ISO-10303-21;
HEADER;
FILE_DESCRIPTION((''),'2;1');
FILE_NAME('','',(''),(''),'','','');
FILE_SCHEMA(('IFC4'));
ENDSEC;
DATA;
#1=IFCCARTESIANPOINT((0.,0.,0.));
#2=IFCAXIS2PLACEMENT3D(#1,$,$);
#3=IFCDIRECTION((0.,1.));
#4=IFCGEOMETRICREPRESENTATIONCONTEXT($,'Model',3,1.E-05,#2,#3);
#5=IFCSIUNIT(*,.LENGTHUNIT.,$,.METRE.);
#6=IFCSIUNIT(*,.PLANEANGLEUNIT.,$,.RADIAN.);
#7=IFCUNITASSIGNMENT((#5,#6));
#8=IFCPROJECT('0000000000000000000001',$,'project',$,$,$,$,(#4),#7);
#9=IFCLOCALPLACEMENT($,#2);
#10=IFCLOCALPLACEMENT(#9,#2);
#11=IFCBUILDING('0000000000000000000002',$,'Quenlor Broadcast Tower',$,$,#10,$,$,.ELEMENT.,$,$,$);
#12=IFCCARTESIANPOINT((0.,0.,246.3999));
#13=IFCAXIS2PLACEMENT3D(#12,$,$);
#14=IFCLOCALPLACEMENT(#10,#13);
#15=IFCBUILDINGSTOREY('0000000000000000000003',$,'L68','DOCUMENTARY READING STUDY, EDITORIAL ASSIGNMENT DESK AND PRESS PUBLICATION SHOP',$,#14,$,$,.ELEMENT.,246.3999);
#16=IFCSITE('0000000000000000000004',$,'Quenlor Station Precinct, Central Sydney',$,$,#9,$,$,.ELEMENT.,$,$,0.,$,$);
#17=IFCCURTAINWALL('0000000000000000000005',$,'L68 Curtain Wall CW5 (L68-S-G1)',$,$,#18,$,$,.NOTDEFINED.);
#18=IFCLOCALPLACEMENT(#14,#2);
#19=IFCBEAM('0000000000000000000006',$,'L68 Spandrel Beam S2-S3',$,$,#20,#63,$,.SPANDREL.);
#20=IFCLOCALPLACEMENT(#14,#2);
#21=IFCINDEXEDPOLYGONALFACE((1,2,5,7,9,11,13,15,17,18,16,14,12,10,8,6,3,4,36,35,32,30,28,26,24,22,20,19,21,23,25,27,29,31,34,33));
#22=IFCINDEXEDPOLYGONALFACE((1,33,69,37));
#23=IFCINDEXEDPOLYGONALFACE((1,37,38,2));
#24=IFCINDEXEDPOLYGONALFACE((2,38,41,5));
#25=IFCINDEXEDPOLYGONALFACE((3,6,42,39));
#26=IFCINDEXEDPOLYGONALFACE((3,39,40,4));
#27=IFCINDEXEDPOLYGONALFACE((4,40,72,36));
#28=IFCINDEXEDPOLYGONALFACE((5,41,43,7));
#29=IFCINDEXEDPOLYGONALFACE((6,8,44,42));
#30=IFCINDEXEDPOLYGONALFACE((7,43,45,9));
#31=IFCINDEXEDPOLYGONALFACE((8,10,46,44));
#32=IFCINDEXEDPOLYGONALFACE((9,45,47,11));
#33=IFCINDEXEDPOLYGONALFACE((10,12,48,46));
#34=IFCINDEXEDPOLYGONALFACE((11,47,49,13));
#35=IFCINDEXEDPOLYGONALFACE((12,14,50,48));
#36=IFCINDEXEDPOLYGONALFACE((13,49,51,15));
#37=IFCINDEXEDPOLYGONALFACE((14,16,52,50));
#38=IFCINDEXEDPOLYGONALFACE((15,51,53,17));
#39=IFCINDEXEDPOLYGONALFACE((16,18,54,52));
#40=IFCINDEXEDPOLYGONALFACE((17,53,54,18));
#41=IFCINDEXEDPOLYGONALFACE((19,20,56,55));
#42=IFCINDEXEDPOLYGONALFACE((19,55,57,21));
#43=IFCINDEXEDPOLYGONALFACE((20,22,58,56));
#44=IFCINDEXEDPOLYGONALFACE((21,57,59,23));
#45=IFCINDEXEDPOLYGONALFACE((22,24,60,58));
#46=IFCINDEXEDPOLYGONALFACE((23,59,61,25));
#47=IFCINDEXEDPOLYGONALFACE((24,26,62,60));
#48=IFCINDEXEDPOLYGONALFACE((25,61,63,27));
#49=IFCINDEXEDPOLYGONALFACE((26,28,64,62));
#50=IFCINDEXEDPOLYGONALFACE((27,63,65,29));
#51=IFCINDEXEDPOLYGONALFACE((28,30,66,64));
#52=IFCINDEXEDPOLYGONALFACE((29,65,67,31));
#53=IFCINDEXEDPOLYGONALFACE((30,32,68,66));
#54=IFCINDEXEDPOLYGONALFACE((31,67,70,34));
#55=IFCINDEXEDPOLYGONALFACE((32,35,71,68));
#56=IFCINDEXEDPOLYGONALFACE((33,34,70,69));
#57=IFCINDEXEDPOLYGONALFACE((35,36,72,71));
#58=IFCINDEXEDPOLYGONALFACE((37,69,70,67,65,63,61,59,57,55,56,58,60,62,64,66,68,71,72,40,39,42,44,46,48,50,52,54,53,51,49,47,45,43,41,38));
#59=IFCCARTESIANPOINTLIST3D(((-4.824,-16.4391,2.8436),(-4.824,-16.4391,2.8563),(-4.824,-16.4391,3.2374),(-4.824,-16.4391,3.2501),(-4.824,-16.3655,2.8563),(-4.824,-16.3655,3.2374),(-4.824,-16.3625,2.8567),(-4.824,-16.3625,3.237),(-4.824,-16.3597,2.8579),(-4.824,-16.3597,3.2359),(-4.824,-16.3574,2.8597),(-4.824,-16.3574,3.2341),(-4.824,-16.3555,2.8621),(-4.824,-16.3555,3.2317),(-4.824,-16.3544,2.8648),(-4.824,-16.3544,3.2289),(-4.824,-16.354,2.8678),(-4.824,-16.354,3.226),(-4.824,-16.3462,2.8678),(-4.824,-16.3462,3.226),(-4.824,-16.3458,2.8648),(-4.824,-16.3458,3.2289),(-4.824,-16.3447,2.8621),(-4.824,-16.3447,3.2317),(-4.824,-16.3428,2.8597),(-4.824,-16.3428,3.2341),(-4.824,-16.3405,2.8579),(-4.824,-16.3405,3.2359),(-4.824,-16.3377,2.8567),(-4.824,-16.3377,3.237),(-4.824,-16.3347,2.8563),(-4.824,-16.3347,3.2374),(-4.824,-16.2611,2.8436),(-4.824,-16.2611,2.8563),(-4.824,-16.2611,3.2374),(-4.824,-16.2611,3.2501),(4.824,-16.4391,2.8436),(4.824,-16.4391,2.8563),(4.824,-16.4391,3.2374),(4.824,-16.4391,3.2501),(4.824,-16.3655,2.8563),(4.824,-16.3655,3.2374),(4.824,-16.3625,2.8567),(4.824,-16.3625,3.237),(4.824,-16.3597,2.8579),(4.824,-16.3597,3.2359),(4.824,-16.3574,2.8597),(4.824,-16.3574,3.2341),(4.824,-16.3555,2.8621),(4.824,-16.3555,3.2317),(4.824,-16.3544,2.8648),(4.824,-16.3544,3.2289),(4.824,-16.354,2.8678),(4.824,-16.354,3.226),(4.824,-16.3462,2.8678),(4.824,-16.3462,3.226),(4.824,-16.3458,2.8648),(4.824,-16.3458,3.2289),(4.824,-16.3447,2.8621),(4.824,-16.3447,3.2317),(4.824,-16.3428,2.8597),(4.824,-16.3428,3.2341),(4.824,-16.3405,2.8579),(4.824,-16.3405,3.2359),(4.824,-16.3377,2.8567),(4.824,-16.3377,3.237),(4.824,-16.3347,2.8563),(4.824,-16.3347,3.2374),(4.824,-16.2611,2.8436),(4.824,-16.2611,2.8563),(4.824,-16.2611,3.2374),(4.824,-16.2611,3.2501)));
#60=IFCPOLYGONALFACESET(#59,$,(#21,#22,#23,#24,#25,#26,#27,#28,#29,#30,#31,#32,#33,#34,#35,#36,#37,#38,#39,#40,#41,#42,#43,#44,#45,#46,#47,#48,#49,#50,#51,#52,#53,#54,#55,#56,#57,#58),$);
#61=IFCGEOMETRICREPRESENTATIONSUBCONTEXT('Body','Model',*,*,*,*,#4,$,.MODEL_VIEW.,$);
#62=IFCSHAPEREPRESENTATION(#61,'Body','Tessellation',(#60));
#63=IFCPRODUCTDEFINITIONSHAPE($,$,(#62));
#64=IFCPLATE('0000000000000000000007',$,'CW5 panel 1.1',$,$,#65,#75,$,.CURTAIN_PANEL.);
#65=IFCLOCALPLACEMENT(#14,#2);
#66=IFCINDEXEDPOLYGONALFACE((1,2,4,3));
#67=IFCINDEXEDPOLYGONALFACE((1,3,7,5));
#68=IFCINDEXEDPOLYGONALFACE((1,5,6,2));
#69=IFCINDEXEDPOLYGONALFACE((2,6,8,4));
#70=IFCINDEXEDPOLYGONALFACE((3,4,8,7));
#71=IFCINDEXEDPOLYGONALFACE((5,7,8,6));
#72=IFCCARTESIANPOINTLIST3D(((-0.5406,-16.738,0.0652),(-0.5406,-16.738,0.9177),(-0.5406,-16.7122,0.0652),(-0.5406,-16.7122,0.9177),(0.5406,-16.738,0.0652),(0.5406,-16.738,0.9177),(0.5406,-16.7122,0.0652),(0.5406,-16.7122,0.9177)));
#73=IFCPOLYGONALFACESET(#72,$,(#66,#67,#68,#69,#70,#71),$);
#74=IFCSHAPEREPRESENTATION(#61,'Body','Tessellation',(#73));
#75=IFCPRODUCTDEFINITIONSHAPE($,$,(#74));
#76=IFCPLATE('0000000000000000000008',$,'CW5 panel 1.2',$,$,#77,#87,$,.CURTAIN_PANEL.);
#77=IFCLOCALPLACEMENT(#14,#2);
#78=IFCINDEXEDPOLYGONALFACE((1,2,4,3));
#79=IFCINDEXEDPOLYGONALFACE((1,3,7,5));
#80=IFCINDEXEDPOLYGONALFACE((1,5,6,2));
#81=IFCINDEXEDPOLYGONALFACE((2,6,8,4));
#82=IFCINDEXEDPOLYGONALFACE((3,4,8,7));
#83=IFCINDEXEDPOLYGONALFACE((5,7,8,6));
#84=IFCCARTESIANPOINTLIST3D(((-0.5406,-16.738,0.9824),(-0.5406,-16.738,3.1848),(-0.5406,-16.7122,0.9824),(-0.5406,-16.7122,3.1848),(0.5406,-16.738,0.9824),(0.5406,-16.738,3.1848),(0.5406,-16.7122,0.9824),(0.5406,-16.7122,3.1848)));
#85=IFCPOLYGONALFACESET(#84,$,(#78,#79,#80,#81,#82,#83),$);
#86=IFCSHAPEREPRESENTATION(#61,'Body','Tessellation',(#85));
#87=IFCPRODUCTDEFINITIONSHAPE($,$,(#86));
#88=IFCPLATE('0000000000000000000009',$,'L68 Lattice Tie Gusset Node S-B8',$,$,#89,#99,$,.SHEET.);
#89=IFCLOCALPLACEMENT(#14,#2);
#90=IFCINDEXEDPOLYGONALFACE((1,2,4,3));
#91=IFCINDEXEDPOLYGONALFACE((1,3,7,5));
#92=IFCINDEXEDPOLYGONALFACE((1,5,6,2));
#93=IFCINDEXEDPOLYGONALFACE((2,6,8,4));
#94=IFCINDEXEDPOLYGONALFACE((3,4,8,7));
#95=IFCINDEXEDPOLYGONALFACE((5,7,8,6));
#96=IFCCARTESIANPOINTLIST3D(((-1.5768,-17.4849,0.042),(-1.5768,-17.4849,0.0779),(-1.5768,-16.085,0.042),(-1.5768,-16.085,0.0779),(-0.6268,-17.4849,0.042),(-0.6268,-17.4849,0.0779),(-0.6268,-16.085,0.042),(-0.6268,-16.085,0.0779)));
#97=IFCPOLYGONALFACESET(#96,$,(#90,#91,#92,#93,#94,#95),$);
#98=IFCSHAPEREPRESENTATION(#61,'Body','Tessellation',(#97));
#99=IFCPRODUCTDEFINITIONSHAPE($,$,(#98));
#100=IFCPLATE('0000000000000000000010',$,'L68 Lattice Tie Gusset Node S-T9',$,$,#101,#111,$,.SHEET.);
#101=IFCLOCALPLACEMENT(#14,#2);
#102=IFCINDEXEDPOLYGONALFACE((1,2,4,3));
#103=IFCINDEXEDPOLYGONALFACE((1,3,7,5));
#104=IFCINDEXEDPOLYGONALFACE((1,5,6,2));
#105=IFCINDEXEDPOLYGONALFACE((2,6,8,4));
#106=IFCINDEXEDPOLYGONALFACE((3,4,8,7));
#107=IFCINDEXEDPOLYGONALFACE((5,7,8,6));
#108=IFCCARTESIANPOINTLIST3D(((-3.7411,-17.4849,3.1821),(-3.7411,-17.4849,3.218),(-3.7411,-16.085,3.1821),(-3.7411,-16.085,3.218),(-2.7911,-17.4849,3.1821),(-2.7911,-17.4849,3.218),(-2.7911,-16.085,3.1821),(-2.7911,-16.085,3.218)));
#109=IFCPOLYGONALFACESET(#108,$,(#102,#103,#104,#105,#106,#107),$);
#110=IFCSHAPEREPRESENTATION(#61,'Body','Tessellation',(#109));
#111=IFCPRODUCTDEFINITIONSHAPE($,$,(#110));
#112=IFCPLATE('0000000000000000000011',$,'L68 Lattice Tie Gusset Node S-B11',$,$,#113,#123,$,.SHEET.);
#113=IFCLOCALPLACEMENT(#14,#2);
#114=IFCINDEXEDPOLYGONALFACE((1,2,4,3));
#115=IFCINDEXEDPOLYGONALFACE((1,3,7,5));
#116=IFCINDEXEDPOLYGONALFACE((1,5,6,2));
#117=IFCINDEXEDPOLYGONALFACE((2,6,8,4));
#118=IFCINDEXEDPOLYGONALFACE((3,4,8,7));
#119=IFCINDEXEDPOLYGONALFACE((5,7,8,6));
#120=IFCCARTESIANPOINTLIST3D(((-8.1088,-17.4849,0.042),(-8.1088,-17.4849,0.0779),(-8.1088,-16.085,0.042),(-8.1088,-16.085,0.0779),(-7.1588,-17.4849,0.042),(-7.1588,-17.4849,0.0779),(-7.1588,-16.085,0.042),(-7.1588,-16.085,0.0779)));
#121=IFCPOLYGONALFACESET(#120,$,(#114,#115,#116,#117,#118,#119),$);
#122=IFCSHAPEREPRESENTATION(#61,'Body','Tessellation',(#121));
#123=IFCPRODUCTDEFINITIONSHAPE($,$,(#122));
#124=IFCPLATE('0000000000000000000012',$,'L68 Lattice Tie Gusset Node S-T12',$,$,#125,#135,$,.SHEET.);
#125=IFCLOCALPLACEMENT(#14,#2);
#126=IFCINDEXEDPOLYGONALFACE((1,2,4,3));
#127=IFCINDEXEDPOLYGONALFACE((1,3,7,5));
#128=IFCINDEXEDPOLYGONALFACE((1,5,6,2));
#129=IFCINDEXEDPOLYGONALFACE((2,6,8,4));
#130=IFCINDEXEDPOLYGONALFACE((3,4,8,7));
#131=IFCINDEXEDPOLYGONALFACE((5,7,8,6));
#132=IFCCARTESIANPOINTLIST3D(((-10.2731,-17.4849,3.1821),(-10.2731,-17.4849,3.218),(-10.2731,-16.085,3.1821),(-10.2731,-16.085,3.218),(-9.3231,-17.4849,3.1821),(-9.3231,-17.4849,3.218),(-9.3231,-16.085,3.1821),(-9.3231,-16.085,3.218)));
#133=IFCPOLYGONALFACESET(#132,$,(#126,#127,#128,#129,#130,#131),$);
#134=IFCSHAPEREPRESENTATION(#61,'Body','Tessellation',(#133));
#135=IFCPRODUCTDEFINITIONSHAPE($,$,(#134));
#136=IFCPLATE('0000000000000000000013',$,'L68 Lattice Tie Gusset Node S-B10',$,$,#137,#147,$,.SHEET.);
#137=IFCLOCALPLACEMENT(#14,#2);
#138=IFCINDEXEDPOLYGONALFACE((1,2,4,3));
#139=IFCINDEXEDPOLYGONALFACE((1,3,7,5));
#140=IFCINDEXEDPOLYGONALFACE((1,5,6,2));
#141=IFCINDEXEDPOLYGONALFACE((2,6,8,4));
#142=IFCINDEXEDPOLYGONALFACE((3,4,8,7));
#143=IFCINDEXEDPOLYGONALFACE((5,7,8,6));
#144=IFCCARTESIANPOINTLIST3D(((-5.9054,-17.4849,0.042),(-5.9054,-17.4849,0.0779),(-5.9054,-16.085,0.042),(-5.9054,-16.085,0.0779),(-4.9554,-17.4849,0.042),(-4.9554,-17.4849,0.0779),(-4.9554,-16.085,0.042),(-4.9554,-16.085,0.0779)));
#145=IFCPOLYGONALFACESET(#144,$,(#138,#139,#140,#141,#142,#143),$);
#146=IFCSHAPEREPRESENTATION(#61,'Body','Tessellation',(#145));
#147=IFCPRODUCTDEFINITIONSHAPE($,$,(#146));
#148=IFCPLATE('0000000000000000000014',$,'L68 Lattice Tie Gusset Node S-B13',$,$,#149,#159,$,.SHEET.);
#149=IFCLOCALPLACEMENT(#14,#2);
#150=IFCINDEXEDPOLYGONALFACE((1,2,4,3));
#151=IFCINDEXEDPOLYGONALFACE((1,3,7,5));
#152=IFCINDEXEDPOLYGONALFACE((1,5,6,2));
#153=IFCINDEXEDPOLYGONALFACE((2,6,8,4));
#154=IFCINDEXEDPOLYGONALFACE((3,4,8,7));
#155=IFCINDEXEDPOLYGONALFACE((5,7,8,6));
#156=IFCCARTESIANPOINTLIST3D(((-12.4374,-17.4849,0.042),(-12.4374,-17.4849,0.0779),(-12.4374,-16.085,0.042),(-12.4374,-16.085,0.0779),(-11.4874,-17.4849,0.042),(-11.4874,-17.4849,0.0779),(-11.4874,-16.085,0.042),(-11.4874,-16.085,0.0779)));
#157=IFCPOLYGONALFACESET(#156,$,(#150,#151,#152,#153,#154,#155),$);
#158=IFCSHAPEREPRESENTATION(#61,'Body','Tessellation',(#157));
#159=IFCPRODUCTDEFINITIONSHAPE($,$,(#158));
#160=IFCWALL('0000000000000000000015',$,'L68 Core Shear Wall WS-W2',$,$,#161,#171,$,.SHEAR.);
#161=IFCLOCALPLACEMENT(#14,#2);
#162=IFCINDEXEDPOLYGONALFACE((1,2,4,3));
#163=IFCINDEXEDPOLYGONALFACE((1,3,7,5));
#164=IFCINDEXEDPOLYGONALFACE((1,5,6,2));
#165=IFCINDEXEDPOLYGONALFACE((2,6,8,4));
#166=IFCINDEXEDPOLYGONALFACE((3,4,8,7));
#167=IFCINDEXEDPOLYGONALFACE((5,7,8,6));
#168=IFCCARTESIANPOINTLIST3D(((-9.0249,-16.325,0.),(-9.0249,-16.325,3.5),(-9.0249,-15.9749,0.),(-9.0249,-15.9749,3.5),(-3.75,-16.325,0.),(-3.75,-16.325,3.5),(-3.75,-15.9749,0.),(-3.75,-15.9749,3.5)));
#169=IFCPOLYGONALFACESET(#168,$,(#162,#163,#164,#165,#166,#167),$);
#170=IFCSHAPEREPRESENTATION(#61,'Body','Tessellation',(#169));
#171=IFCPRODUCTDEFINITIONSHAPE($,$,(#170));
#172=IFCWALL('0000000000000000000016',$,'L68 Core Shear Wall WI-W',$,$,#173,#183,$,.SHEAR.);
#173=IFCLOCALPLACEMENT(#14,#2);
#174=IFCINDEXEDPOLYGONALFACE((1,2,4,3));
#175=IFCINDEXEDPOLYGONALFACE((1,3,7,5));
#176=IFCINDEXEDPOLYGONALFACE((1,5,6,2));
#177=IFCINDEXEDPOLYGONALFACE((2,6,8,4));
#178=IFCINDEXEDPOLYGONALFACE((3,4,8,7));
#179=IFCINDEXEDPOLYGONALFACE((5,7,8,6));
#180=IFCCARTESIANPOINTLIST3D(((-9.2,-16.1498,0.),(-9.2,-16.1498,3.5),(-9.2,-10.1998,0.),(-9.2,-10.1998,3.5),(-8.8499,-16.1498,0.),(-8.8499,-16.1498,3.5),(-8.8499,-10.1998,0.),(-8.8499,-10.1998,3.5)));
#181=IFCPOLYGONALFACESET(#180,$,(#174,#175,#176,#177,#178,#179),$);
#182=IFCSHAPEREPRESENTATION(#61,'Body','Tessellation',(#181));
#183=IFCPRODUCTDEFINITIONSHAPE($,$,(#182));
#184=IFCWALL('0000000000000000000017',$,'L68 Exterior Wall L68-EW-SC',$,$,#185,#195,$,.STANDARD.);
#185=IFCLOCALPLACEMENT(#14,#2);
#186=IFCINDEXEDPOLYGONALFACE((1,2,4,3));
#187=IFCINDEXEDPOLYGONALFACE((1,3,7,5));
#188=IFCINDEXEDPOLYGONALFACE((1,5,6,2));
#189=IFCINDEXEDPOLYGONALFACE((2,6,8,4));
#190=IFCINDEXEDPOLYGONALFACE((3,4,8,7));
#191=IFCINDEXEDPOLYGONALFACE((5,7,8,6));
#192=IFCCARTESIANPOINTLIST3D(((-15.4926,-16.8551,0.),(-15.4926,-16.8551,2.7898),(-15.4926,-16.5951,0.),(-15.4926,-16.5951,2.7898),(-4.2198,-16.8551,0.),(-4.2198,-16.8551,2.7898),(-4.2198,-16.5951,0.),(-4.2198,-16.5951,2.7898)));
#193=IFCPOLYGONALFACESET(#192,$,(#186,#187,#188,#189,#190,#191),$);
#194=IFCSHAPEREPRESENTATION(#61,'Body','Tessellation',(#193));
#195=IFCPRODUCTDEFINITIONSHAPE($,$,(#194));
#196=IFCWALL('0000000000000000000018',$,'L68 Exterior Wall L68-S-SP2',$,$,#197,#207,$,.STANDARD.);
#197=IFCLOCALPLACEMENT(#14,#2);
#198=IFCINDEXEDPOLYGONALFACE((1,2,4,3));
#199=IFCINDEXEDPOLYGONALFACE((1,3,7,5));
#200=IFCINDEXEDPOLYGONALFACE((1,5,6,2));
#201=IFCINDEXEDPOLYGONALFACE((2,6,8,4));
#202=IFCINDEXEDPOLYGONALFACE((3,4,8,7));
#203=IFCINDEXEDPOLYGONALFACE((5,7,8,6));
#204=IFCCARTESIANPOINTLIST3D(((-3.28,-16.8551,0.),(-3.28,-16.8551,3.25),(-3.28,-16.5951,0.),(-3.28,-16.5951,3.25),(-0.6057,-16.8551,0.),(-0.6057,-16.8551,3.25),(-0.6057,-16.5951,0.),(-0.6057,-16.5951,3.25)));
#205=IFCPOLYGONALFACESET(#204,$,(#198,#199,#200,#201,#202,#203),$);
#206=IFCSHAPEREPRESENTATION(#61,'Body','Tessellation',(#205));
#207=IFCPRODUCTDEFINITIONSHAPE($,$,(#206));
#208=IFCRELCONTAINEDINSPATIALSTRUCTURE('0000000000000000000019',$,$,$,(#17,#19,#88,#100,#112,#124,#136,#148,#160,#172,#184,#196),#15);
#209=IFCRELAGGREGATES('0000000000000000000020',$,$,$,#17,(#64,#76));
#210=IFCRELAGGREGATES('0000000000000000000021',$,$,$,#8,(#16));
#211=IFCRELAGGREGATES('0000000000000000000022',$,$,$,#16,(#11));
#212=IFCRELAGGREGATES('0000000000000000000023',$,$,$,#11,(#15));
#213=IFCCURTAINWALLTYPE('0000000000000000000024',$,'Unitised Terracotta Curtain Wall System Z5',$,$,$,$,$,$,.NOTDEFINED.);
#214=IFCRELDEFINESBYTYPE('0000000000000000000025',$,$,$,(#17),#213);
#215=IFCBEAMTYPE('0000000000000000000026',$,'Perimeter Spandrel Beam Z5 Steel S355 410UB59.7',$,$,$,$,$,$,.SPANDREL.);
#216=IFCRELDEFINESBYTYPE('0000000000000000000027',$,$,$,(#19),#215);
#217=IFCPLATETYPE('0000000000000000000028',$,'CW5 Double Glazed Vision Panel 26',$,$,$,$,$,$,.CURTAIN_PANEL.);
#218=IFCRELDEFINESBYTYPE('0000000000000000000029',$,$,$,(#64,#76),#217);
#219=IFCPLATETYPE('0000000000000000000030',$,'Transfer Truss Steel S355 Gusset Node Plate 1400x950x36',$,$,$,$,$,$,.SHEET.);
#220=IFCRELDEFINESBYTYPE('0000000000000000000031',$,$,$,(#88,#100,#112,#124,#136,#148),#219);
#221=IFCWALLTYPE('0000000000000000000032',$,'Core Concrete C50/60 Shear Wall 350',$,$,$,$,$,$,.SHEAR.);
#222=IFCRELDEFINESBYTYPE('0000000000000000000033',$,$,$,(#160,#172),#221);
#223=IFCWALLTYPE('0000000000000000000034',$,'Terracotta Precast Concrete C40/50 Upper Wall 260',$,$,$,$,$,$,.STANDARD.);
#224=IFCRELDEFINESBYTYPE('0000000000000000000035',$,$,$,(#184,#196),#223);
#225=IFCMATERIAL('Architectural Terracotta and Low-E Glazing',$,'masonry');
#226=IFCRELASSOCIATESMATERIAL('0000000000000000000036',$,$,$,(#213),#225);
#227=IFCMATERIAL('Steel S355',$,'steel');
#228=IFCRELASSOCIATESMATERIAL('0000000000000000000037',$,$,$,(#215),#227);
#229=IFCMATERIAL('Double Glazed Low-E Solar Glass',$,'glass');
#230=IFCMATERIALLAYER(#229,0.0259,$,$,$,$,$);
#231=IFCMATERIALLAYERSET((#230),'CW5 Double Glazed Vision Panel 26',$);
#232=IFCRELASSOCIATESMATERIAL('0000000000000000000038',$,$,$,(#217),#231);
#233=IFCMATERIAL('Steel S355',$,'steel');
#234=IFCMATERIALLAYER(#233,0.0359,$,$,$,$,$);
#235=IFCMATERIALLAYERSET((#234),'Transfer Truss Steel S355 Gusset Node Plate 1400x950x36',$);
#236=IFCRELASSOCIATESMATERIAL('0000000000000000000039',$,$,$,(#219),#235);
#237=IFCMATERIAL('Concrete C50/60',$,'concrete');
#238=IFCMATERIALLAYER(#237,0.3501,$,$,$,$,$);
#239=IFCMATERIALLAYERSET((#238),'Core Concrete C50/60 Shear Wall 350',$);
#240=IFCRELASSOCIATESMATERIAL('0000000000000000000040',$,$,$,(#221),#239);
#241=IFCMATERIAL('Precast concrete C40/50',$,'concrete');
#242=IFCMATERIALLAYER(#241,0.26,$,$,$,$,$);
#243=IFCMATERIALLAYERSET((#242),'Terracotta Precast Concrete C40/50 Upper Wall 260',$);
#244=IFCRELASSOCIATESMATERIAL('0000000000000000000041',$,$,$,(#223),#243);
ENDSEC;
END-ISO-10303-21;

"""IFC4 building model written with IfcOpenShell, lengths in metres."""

from ifc_helpers import new_model, si_unit, direction, frame, frame_2d, origin, origin_2d, place, context, subcontext, project, spatial, rectangle, i_section, extrude, material, layer, layer_set, material_profile, profile_set, type_object, element, aggregate, save


model = new_model("IFC4")

# Units and contexts
model_context = context("Model", 3, precision=1e-05, world=origin(), true_north=direction((0.0, 1.0)))
body_context = subcontext(model_context, "Body", "Model", "MODEL_VIEW")
ifc_project = project(units=[si_unit("LENGTHUNIT", "METRE"), si_unit("PLANEANGLEUNIT", "RADIAN")], contexts=[model_context])

# Site, building, storey
site_placement = place(None, origin())
site = spatial("IfcSite", under=ifc_project, at=site_placement, Name="Quenlor Station Precinct, Central Sydney", CompositionType="ELEMENT", RefElevation=0.0)
building_placement = place(site_placement, origin())
building = spatial("IfcBuilding", under=site, at=building_placement, Name="Quenlor Broadcast Tower", CompositionType="ELEMENT")
storey_placement = place(building_placement, frame((0.0, 0.0, 246.3999)))
storey = spatial("IfcBuildingStorey", under=building, at=storey_placement, Name="L68", Description="DOCUMENTARY READING STUDY, EDITORIAL ASSIGNMENT DESK AND PRESS PUBLICATION SHOP", CompositionType="ELEMENT", Elevation=246.3999)

# Curtain wall
ifc_material_1 = material(Name="Architectural Terracotta and Low-E Glazing", Category="masonry")
curtain_wall_type = type_object("IfcCurtainWallType", Name="Unitised Terracotta Curtain Wall System Z5", PredefinedType="NOTDEFINED", material=ifc_material_1)
curtain_wall_placement = place(storey_placement, origin())
curtain_wall = element("IfcCurtainWall", 1, at=curtain_wall_placement, inside=storey, type_object=curtain_wall_type, Name="L68 Curtain Wall CW5 (L68-S-G1)", PredefinedType="NOTDEFINED")

# Beam
ifc_material_2 = material(Name="Steel S355", Category="steel")
ifc_material_profile_1 = material_profile(ifc_material_2, i_section(OverallWidth=0.178, OverallDepth=0.4065, WebThickness=0.0078, FlangeThickness=0.0127, FilletRadius=0.0115, at=origin_2d()))
ifc_profile_set_1 = profile_set([ifc_material_profile_1], Name="Steel S355 410UB59.7")
beam_type_1 = type_object("IfcBeamType", Name="Perimeter Spandrel Beam Z5 Steel S355 410UB59.7", PredefinedType="SPANDREL", material=ifc_profile_set_1)
beam_1_placement = place(storey_placement, frame((-4.824, -16.3501, 3.0469), z_axis=(1.0, 0.0, 0.0), x_axis=(0.0, 1.0, 0.0)))
element("IfcBeam", 2, at=beam_1_placement, inside=storey, type_object=beam_type_1, Name="L68 Spandrel Beam S2-S3", PredefinedType="SPANDREL", context=body_context, shape_type="SweptSolid", body=[
    extrude(i_section(OverallWidth=0.178, OverallDepth=0.4065, WebThickness=0.0078, FlangeThickness=0.0127, FilletRadius=0.0115, at=origin_2d()), origin(), (0.0, 0.0, 1.0), 9.6479),
])

# Plates
ifc_material_3 = material(Name="Double Glazed Low-E Solar Glass", Category="glass")
ifc_layer_1 = layer(ifc_material_3, 0.0259)
ifc_layer_set_1 = layer_set([ifc_layer_1], Name="CW5 Double Glazed Vision Panel 26")
plate_type_1 = type_object("IfcPlateType", Name="CW5 Double Glazed Vision Panel 26", PredefinedType="CURTAIN_PANEL", material=ifc_layer_set_1)
plate_1_placement = place(storey_placement, frame((0.0, -16.7251, 0.0652), z_axis=(0.0, 0.0, 1.0), x_axis=(-1.0, 0.0, 0.0)))
plate_1 = element("IfcPlate", 3, at=plate_1_placement, type_object=plate_type_1, Name="CW5 panel 1.1", PredefinedType="CURTAIN_PANEL", context=body_context, shape_type="SweptSolid", body=[
    extrude(rectangle(XDim=1.0813, YDim=0.0259, at=origin_2d()), origin(), (0.0, 0.0, 1.0), 0.8525),
])
plate_2_placement = place(storey_placement, frame((0.0, -16.7251, 0.9824), z_axis=(0.0, 0.0, 1.0), x_axis=(-1.0, 0.0, 0.0)))
plate_2 = element("IfcPlate", 4, at=plate_2_placement, type_object=plate_type_1, Name="CW5 panel 1.2", PredefinedType="CURTAIN_PANEL", context=body_context, shape_type="SweptSolid", body=[
    extrude(rectangle(XDim=1.0813, YDim=0.0259, at=origin_2d()), origin(), (0.0, 0.0, 1.0), 2.2024),
])
aggregate(curtain_wall, [plate_1, plate_2])

# Plates
ifc_material_4 = material(Name="Steel S355", Category="steel")
ifc_layer_2 = layer(ifc_material_4, 0.0359)
ifc_layer_set_2 = layer_set([ifc_layer_2], Name="Transfer Truss Steel S355 Gusset Node Plate 1400x950x36")
plate_type_2 = type_object("IfcPlateType", Name="Transfer Truss Steel S355 Gusset Node Plate 1400x950x36", PredefinedType="SHEET", material=ifc_layer_set_2)
for number, where, z_axis, x_axis, name in (
    (5, (-1.1018, -16.7849, 0.042), (0.0, 0.0, 1.0), (0.0, -1.0, 0.0), "L68 Lattice Tie Gusset Node S-B8"),
    (6, (-3.2661, -16.7849, 3.1821), (0.0, 0.0, 1.0), (0.0, -1.0, 0.0), "L68 Lattice Tie Gusset Node S-T9"),
    (7, (-7.6338, -16.7849, 0.042), (0.0, 0.0, 1.0), (0.0, -1.0, 0.0), "L68 Lattice Tie Gusset Node S-B11"),
    (8, (-9.7981, -16.7849, 3.1821), (0.0, 0.0, 1.0), (0.0, -1.0, 0.0), "L68 Lattice Tie Gusset Node S-T12"),
    (9, (-5.4304, -16.7849, 0.042), (0.0, 0.0, 1.0), (0.0, -1.0, 0.0), "L68 Lattice Tie Gusset Node S-B10"),
    (10, (-11.9624, -16.7849, 0.042), (0.0, 0.0, 1.0), (0.0, -1.0, 0.0), "L68 Lattice Tie Gusset Node S-B13"),
):
    element("IfcPlate", number, at=place(storey_placement, frame(where, z_axis=z_axis, x_axis=x_axis)), inside=storey, type_object=plate_type_2, Name=name, PredefinedType="SHEET", context=body_context, shape_type="SweptSolid", body=[
        extrude(rectangle(XDim=1.3999, YDim=0.95, at=origin_2d()), origin(), (0.0, 0.0, 1.0), 0.0359),
    ])

# Walls
ifc_material_5 = material(Name="Concrete C50/60", Category="concrete")
ifc_layer_3 = layer(ifc_material_5, 0.3501)
ifc_layer_set_3 = layer_set([ifc_layer_3], Name="Core Concrete C50/60 Shear Wall 350")
wall_type_1 = type_object("IfcWallType", Name="Core Concrete C50/60 Shear Wall 350", PredefinedType="SHEAR", material=ifc_layer_set_3)
wall_1_placement = place(storey_placement, frame((-9.0249, -16.1499, 0.0), z_axis=(0.0, 0.0, 1.0), x_axis=(1.0, 0.0, 0.0)))
element("IfcWall", 11, at=wall_1_placement, inside=storey, type_object=wall_type_1, Name="L68 Core Shear Wall WS-W2", PredefinedType="SHEAR", context=body_context, shape_type="SweptSolid", body=[
    extrude(rectangle(XDim=5.2749, YDim=0.3501, at=frame_2d((2.6375, 0.0))), origin(), (0.0, 0.0, 1.0), 3.5),
])
wall_2_placement = place(storey_placement, frame((-9.0249, -16.1499, 0.0), z_axis=(0.0, 0.0, 1.0), x_axis=(0.0, 1.0, 0.0)))
element("IfcWall", 12, at=wall_2_placement, inside=storey, type_object=wall_type_1, Name="L68 Core Shear Wall WI-W", PredefinedType="SHEAR", context=body_context, shape_type="SweptSolid", body=[
    extrude(rectangle(XDim=5.95, YDim=0.3501, at=frame_2d((2.9751, 0.0))), origin(), (0.0, 0.0, 1.0), 3.5),
])
ifc_material_6 = material(Name="Precast concrete C40/50", Category="concrete")
ifc_layer_4 = layer(ifc_material_6, 0.26)
ifc_layer_set_4 = layer_set([ifc_layer_4], Name="Terracotta Precast Concrete C40/50 Upper Wall 260")
wall_type_2 = type_object("IfcWallType", Name="Terracotta Precast Concrete C40/50 Upper Wall 260", PredefinedType="STANDARD", material=ifc_layer_set_4)
wall_3_placement = place(storey_placement, frame((-4.22, -16.7251, 0.0), z_axis=(0.0, 0.0, 1.0), x_axis=(-1.0, 0.0, 0.0)))
element("IfcWall", 13, at=wall_3_placement, inside=storey, type_object=wall_type_2, Name="L68 Exterior Wall L68-EW-SC", PredefinedType="STANDARD", context=body_context, shape_type="SweptSolid", body=[
    extrude(rectangle(XDim=11.2727, YDim=0.26, at=frame_2d((5.6362, 0.0))), origin(), (0.0, 0.0, 1.0), 2.7898),
])
wall_4_placement = place(storey_placement, frame((-0.6057, -16.7251, 0.0), z_axis=(0.0, 0.0, 1.0), x_axis=(-1.0, 0.0, 0.0)))
element("IfcWall", 14, at=wall_4_placement, inside=storey, type_object=wall_type_2, Name="L68 Exterior Wall L68-S-SP2", PredefinedType="STANDARD", context=body_context, shape_type="SweptSolid", body=[
    extrude(rectangle(XDim=2.6743, YDim=0.26, at=frame_2d((1.3372, 0.0))), origin(), (0.0, 0.0, 1.0), 3.25),
])

save(model, "model.ifc")
